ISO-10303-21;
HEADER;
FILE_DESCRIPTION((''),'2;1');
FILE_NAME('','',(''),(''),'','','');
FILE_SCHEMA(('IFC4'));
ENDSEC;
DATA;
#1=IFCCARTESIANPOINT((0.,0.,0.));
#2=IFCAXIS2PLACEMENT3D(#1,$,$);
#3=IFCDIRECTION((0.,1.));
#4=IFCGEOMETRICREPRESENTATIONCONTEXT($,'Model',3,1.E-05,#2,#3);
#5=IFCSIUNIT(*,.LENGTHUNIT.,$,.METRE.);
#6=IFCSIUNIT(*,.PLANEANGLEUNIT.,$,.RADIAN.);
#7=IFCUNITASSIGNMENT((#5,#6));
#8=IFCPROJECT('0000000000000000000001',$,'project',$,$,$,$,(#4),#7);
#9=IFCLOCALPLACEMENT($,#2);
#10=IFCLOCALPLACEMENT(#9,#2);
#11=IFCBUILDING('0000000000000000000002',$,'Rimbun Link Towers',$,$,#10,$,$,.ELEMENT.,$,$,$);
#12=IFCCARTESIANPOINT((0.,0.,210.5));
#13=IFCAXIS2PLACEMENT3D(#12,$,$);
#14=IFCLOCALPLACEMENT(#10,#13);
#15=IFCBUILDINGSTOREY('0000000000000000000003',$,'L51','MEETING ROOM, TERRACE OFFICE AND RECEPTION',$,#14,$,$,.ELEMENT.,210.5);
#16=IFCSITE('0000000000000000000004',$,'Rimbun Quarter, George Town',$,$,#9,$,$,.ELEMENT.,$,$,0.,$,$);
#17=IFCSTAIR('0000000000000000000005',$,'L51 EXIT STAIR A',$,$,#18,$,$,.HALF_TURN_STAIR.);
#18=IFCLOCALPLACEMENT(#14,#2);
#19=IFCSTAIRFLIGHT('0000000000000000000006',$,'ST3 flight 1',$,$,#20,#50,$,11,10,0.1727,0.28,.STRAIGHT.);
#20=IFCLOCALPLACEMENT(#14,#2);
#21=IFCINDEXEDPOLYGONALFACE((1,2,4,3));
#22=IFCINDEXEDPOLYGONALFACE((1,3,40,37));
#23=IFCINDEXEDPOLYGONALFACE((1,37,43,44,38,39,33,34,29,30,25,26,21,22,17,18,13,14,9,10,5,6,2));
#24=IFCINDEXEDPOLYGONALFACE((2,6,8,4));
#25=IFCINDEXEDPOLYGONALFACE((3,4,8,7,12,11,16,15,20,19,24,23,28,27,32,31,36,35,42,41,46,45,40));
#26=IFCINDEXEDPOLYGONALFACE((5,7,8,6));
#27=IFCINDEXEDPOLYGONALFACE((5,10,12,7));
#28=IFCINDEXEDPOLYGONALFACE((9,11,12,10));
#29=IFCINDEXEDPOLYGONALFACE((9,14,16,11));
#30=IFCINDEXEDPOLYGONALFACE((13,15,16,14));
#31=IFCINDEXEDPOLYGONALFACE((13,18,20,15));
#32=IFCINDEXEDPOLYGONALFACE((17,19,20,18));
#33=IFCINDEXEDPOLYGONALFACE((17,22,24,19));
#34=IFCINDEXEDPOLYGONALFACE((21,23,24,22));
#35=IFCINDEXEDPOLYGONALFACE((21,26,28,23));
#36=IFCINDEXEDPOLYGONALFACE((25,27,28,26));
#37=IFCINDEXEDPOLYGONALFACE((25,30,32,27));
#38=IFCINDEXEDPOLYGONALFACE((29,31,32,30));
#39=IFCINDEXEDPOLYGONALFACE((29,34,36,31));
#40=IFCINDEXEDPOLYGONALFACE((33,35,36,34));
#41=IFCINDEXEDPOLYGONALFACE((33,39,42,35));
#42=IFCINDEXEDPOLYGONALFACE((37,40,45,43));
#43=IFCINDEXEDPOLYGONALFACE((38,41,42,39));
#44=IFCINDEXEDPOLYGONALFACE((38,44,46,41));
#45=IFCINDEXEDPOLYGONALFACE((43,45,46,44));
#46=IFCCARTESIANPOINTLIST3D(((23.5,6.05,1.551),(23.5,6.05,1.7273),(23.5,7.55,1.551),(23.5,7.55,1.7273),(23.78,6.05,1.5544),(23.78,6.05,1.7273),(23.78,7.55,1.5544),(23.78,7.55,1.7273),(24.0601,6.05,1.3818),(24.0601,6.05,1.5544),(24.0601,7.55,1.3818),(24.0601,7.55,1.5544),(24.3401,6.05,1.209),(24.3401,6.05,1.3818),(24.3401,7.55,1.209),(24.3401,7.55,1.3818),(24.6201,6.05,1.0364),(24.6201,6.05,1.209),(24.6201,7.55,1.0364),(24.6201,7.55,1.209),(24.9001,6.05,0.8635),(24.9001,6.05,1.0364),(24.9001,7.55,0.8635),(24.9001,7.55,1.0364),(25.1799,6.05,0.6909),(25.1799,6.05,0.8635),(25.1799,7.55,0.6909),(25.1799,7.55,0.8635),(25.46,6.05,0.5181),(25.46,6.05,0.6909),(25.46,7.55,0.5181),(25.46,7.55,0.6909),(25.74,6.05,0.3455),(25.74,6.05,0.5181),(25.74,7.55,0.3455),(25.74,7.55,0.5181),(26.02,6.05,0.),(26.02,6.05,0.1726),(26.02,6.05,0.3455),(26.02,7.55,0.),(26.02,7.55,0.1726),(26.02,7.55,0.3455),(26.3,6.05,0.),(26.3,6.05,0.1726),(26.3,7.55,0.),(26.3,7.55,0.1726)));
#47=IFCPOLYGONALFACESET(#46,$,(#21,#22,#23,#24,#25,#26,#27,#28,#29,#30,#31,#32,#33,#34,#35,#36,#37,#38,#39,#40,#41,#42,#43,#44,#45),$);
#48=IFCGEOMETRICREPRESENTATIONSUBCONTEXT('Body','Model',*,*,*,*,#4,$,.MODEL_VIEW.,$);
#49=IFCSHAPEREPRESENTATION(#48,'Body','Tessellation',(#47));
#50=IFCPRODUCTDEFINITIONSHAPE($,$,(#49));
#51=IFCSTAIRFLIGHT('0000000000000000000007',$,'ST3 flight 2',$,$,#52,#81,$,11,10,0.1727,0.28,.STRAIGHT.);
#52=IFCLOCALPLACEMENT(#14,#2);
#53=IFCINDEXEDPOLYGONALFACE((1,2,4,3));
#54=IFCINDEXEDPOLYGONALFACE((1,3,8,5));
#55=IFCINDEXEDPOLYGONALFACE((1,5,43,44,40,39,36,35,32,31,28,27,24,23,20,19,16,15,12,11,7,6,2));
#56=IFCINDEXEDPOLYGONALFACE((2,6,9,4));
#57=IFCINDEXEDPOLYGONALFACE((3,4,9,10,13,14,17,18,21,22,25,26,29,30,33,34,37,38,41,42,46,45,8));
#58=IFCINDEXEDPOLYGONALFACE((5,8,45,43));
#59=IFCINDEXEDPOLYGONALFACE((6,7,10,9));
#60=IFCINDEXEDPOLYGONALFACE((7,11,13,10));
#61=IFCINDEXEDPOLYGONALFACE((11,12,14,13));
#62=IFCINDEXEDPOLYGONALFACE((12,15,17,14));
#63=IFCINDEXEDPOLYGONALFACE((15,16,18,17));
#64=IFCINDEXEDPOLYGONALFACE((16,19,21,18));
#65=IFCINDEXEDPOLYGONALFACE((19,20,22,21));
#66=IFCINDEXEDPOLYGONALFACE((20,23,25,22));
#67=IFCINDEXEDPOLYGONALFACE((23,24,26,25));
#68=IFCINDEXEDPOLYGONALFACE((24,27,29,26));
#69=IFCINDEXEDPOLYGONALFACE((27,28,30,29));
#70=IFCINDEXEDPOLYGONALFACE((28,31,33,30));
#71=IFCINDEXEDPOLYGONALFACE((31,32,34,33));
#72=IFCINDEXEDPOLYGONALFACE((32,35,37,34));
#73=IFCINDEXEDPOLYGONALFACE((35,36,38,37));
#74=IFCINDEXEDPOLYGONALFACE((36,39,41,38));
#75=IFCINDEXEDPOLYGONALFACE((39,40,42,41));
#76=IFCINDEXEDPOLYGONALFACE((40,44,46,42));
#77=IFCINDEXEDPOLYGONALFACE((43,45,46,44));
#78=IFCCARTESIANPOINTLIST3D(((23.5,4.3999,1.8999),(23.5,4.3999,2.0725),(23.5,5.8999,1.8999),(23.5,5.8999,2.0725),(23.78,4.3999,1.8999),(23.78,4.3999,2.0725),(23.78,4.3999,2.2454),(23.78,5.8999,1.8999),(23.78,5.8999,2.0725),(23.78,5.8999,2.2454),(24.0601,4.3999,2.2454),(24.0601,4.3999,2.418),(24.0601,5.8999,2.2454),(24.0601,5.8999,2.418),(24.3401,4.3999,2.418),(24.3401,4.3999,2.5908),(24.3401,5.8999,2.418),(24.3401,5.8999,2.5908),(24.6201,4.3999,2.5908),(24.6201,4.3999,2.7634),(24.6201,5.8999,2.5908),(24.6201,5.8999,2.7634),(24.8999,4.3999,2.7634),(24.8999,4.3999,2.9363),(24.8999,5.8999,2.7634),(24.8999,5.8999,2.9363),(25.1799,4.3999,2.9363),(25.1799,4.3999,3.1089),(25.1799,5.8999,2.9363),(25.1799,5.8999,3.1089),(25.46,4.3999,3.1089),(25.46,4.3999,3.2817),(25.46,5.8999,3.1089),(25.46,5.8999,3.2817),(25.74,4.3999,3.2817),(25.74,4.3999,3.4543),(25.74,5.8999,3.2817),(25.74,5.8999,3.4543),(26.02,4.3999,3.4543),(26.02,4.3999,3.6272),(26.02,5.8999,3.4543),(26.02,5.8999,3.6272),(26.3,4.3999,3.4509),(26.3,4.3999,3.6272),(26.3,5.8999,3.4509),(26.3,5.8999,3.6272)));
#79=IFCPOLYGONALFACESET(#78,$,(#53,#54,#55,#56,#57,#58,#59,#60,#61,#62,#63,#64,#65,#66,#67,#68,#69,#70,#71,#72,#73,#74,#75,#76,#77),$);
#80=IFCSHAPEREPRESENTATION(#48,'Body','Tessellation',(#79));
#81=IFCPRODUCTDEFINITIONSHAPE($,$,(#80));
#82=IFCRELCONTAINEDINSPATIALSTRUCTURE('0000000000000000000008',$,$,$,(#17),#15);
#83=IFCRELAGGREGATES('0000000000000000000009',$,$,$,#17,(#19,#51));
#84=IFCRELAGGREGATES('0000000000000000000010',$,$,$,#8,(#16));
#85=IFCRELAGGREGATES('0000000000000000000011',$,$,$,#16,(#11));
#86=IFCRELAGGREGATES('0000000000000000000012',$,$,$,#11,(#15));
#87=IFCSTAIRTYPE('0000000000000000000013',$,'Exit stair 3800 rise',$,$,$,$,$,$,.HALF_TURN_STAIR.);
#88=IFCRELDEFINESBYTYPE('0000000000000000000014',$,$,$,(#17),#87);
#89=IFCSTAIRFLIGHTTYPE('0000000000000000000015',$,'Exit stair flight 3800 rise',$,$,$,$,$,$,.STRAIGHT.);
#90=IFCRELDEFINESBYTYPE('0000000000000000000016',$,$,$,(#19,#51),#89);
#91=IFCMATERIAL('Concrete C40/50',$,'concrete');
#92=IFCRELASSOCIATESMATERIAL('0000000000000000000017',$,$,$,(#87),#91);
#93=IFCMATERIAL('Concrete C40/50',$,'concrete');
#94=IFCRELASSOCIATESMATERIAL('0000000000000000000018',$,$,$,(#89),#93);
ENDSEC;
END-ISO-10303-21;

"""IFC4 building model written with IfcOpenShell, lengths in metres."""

from ifc_helpers import new_model, si_unit, direction, frame, origin, place, context, subcontext, project, spatial, polyline, outline, extrude, material, type_object, element, aggregate, save


model = new_model("IFC4")

# Units and contexts
model_context = context("Model", 3, precision=1e-05, world=origin(), true_north=direction((0.0, 1.0)))
body_context = subcontext(model_context, "Body", "Model", "MODEL_VIEW")
ifc_project = project(units=[si_unit("LENGTHUNIT", "METRE"), si_unit("PLANEANGLEUNIT", "RADIAN")], contexts=[model_context])

# Site, building, storey
site_placement = place(None, origin())
site = spatial("IfcSite", under=ifc_project, at=site_placement, Name="Rimbun Quarter, George Town", CompositionType="ELEMENT", RefElevation=0.0)
building_placement = place(site_placement, origin())
building = spatial("IfcBuilding", under=site, at=building_placement, Name="Rimbun Link Towers", CompositionType="ELEMENT")
storey_placement = place(building_placement, frame((0.0, 0.0, 210.5)))
storey = spatial("IfcBuildingStorey", under=building, at=storey_placement, Name="L51", Description="MEETING ROOM, TERRACE OFFICE AND RECEPTION", CompositionType="ELEMENT", Elevation=210.5)

# Stair, stair flights
ifc_material_1 = material(Name="Concrete C40/50", Category="concrete")
stair_type = type_object("IfcStairType", Name="Exit stair 3800 rise", PredefinedType="HALF_TURN_STAIR", material=ifc_material_1)
stair_placement = place(storey_placement, origin())
stair = element("IfcStair", 1, at=stair_placement, inside=storey, type_object=stair_type, Name="L51 EXIT STAIR A", PredefinedType="HALF_TURN_STAIR")
ifc_material_2 = material(Name="Concrete C40/50", Category="concrete")
stair_flight_type = type_object("IfcStairFlightType", Name="Exit stair flight 3800 rise", PredefinedType="STRAIGHT", material=ifc_material_2)
stair_flight_1_placement = place(storey_placement, frame((26.3, 6.8, 0.0), z_axis=(0.0, 0.0, 1.0), x_axis=(-1.0, 0.0, 0.0)))
stair_flight_1 = element("IfcStairFlight", 2, at=stair_flight_1_placement, type_object=stair_flight_type, Name="ST3 flight 1", NumberOfRisers=11, NumberOfTreads=10, PredefinedType="STRAIGHT", RiserHeight=0.1727, TreadLength=0.28, context=body_context, shape_type="SweptSolid", body=[
    extrude(outline(polyline([(0.0, 0.0), (0.0, 0.1726), (0.28, 0.1726), (0.28, 0.3455), (0.5601, 0.3455), (0.5601, 0.5181), (0.8401, 0.5181), (0.8401, 0.6909), (1.1201, 0.6909), (1.1201, 0.8635), (1.3999, 0.8635), (1.3999, 1.0364), (1.6799, 1.0364), (1.6799, 1.209), (1.96, 1.209), (1.96, 1.3818), (2.24, 1.3818), (2.24, 1.5544), (2.52, 1.5544), (2.52, 1.7273), (2.8, 1.7273), (2.8, 1.8999), (2.8, 1.551), (0.28, 0.0), (0.0, 0.0)])), frame((0.0, 0.75, 0.0), z_axis=(0.0, -1.0, 0.0), x_axis=(1.0, 0.0, 0.0)), (0.0, 0.0, 1.0), 1.5),
])
stair_flight_2_placement = place(storey_placement, frame((23.5, 5.1499, 1.8999), z_axis=(0.0, 0.0, 1.0), x_axis=(1.0, 0.0, 0.0)))
stair_flight_2 = element("IfcStairFlight", 3, at=stair_flight_2_placement, type_object=stair_flight_type, Name="ST3 flight 2", NumberOfRisers=11, NumberOfTreads=10, PredefinedType="STRAIGHT", RiserHeight=0.1727, TreadLength=0.28, context=body_context, shape_type="SweptSolid", body=[
    extrude(outline(polyline([(0.0, 0.0), (0.0, 0.1726), (0.28, 0.1726), (0.28, 0.3455), (0.5601, 0.3455), (0.5601, 0.5181), (0.8401, 0.5181), (0.8401, 0.6909), (1.1201, 0.6909), (1.1201, 0.8635), (1.3999, 0.8635), (1.3999, 1.0364), (1.6799, 1.0364), (1.6799, 1.209), (1.96, 1.209), (1.96, 1.3818), (2.24, 1.3818), (2.24, 1.5544), (2.52, 1.5544), (2.52, 1.7273), (2.8, 1.7273), (2.8, 1.8999), (2.8, 1.551), (0.28, 0.0), (0.0, 0.0)])), frame((0.0, 0.75, 0.0), z_axis=(0.0, -1.0, 0.0), x_axis=(1.0, 0.0, 0.0)), (0.0, 0.0, 1.0), 1.5),
])
aggregate(stair, [stair_flight_1, stair_flight_2])

save(model, "model.ifc")
